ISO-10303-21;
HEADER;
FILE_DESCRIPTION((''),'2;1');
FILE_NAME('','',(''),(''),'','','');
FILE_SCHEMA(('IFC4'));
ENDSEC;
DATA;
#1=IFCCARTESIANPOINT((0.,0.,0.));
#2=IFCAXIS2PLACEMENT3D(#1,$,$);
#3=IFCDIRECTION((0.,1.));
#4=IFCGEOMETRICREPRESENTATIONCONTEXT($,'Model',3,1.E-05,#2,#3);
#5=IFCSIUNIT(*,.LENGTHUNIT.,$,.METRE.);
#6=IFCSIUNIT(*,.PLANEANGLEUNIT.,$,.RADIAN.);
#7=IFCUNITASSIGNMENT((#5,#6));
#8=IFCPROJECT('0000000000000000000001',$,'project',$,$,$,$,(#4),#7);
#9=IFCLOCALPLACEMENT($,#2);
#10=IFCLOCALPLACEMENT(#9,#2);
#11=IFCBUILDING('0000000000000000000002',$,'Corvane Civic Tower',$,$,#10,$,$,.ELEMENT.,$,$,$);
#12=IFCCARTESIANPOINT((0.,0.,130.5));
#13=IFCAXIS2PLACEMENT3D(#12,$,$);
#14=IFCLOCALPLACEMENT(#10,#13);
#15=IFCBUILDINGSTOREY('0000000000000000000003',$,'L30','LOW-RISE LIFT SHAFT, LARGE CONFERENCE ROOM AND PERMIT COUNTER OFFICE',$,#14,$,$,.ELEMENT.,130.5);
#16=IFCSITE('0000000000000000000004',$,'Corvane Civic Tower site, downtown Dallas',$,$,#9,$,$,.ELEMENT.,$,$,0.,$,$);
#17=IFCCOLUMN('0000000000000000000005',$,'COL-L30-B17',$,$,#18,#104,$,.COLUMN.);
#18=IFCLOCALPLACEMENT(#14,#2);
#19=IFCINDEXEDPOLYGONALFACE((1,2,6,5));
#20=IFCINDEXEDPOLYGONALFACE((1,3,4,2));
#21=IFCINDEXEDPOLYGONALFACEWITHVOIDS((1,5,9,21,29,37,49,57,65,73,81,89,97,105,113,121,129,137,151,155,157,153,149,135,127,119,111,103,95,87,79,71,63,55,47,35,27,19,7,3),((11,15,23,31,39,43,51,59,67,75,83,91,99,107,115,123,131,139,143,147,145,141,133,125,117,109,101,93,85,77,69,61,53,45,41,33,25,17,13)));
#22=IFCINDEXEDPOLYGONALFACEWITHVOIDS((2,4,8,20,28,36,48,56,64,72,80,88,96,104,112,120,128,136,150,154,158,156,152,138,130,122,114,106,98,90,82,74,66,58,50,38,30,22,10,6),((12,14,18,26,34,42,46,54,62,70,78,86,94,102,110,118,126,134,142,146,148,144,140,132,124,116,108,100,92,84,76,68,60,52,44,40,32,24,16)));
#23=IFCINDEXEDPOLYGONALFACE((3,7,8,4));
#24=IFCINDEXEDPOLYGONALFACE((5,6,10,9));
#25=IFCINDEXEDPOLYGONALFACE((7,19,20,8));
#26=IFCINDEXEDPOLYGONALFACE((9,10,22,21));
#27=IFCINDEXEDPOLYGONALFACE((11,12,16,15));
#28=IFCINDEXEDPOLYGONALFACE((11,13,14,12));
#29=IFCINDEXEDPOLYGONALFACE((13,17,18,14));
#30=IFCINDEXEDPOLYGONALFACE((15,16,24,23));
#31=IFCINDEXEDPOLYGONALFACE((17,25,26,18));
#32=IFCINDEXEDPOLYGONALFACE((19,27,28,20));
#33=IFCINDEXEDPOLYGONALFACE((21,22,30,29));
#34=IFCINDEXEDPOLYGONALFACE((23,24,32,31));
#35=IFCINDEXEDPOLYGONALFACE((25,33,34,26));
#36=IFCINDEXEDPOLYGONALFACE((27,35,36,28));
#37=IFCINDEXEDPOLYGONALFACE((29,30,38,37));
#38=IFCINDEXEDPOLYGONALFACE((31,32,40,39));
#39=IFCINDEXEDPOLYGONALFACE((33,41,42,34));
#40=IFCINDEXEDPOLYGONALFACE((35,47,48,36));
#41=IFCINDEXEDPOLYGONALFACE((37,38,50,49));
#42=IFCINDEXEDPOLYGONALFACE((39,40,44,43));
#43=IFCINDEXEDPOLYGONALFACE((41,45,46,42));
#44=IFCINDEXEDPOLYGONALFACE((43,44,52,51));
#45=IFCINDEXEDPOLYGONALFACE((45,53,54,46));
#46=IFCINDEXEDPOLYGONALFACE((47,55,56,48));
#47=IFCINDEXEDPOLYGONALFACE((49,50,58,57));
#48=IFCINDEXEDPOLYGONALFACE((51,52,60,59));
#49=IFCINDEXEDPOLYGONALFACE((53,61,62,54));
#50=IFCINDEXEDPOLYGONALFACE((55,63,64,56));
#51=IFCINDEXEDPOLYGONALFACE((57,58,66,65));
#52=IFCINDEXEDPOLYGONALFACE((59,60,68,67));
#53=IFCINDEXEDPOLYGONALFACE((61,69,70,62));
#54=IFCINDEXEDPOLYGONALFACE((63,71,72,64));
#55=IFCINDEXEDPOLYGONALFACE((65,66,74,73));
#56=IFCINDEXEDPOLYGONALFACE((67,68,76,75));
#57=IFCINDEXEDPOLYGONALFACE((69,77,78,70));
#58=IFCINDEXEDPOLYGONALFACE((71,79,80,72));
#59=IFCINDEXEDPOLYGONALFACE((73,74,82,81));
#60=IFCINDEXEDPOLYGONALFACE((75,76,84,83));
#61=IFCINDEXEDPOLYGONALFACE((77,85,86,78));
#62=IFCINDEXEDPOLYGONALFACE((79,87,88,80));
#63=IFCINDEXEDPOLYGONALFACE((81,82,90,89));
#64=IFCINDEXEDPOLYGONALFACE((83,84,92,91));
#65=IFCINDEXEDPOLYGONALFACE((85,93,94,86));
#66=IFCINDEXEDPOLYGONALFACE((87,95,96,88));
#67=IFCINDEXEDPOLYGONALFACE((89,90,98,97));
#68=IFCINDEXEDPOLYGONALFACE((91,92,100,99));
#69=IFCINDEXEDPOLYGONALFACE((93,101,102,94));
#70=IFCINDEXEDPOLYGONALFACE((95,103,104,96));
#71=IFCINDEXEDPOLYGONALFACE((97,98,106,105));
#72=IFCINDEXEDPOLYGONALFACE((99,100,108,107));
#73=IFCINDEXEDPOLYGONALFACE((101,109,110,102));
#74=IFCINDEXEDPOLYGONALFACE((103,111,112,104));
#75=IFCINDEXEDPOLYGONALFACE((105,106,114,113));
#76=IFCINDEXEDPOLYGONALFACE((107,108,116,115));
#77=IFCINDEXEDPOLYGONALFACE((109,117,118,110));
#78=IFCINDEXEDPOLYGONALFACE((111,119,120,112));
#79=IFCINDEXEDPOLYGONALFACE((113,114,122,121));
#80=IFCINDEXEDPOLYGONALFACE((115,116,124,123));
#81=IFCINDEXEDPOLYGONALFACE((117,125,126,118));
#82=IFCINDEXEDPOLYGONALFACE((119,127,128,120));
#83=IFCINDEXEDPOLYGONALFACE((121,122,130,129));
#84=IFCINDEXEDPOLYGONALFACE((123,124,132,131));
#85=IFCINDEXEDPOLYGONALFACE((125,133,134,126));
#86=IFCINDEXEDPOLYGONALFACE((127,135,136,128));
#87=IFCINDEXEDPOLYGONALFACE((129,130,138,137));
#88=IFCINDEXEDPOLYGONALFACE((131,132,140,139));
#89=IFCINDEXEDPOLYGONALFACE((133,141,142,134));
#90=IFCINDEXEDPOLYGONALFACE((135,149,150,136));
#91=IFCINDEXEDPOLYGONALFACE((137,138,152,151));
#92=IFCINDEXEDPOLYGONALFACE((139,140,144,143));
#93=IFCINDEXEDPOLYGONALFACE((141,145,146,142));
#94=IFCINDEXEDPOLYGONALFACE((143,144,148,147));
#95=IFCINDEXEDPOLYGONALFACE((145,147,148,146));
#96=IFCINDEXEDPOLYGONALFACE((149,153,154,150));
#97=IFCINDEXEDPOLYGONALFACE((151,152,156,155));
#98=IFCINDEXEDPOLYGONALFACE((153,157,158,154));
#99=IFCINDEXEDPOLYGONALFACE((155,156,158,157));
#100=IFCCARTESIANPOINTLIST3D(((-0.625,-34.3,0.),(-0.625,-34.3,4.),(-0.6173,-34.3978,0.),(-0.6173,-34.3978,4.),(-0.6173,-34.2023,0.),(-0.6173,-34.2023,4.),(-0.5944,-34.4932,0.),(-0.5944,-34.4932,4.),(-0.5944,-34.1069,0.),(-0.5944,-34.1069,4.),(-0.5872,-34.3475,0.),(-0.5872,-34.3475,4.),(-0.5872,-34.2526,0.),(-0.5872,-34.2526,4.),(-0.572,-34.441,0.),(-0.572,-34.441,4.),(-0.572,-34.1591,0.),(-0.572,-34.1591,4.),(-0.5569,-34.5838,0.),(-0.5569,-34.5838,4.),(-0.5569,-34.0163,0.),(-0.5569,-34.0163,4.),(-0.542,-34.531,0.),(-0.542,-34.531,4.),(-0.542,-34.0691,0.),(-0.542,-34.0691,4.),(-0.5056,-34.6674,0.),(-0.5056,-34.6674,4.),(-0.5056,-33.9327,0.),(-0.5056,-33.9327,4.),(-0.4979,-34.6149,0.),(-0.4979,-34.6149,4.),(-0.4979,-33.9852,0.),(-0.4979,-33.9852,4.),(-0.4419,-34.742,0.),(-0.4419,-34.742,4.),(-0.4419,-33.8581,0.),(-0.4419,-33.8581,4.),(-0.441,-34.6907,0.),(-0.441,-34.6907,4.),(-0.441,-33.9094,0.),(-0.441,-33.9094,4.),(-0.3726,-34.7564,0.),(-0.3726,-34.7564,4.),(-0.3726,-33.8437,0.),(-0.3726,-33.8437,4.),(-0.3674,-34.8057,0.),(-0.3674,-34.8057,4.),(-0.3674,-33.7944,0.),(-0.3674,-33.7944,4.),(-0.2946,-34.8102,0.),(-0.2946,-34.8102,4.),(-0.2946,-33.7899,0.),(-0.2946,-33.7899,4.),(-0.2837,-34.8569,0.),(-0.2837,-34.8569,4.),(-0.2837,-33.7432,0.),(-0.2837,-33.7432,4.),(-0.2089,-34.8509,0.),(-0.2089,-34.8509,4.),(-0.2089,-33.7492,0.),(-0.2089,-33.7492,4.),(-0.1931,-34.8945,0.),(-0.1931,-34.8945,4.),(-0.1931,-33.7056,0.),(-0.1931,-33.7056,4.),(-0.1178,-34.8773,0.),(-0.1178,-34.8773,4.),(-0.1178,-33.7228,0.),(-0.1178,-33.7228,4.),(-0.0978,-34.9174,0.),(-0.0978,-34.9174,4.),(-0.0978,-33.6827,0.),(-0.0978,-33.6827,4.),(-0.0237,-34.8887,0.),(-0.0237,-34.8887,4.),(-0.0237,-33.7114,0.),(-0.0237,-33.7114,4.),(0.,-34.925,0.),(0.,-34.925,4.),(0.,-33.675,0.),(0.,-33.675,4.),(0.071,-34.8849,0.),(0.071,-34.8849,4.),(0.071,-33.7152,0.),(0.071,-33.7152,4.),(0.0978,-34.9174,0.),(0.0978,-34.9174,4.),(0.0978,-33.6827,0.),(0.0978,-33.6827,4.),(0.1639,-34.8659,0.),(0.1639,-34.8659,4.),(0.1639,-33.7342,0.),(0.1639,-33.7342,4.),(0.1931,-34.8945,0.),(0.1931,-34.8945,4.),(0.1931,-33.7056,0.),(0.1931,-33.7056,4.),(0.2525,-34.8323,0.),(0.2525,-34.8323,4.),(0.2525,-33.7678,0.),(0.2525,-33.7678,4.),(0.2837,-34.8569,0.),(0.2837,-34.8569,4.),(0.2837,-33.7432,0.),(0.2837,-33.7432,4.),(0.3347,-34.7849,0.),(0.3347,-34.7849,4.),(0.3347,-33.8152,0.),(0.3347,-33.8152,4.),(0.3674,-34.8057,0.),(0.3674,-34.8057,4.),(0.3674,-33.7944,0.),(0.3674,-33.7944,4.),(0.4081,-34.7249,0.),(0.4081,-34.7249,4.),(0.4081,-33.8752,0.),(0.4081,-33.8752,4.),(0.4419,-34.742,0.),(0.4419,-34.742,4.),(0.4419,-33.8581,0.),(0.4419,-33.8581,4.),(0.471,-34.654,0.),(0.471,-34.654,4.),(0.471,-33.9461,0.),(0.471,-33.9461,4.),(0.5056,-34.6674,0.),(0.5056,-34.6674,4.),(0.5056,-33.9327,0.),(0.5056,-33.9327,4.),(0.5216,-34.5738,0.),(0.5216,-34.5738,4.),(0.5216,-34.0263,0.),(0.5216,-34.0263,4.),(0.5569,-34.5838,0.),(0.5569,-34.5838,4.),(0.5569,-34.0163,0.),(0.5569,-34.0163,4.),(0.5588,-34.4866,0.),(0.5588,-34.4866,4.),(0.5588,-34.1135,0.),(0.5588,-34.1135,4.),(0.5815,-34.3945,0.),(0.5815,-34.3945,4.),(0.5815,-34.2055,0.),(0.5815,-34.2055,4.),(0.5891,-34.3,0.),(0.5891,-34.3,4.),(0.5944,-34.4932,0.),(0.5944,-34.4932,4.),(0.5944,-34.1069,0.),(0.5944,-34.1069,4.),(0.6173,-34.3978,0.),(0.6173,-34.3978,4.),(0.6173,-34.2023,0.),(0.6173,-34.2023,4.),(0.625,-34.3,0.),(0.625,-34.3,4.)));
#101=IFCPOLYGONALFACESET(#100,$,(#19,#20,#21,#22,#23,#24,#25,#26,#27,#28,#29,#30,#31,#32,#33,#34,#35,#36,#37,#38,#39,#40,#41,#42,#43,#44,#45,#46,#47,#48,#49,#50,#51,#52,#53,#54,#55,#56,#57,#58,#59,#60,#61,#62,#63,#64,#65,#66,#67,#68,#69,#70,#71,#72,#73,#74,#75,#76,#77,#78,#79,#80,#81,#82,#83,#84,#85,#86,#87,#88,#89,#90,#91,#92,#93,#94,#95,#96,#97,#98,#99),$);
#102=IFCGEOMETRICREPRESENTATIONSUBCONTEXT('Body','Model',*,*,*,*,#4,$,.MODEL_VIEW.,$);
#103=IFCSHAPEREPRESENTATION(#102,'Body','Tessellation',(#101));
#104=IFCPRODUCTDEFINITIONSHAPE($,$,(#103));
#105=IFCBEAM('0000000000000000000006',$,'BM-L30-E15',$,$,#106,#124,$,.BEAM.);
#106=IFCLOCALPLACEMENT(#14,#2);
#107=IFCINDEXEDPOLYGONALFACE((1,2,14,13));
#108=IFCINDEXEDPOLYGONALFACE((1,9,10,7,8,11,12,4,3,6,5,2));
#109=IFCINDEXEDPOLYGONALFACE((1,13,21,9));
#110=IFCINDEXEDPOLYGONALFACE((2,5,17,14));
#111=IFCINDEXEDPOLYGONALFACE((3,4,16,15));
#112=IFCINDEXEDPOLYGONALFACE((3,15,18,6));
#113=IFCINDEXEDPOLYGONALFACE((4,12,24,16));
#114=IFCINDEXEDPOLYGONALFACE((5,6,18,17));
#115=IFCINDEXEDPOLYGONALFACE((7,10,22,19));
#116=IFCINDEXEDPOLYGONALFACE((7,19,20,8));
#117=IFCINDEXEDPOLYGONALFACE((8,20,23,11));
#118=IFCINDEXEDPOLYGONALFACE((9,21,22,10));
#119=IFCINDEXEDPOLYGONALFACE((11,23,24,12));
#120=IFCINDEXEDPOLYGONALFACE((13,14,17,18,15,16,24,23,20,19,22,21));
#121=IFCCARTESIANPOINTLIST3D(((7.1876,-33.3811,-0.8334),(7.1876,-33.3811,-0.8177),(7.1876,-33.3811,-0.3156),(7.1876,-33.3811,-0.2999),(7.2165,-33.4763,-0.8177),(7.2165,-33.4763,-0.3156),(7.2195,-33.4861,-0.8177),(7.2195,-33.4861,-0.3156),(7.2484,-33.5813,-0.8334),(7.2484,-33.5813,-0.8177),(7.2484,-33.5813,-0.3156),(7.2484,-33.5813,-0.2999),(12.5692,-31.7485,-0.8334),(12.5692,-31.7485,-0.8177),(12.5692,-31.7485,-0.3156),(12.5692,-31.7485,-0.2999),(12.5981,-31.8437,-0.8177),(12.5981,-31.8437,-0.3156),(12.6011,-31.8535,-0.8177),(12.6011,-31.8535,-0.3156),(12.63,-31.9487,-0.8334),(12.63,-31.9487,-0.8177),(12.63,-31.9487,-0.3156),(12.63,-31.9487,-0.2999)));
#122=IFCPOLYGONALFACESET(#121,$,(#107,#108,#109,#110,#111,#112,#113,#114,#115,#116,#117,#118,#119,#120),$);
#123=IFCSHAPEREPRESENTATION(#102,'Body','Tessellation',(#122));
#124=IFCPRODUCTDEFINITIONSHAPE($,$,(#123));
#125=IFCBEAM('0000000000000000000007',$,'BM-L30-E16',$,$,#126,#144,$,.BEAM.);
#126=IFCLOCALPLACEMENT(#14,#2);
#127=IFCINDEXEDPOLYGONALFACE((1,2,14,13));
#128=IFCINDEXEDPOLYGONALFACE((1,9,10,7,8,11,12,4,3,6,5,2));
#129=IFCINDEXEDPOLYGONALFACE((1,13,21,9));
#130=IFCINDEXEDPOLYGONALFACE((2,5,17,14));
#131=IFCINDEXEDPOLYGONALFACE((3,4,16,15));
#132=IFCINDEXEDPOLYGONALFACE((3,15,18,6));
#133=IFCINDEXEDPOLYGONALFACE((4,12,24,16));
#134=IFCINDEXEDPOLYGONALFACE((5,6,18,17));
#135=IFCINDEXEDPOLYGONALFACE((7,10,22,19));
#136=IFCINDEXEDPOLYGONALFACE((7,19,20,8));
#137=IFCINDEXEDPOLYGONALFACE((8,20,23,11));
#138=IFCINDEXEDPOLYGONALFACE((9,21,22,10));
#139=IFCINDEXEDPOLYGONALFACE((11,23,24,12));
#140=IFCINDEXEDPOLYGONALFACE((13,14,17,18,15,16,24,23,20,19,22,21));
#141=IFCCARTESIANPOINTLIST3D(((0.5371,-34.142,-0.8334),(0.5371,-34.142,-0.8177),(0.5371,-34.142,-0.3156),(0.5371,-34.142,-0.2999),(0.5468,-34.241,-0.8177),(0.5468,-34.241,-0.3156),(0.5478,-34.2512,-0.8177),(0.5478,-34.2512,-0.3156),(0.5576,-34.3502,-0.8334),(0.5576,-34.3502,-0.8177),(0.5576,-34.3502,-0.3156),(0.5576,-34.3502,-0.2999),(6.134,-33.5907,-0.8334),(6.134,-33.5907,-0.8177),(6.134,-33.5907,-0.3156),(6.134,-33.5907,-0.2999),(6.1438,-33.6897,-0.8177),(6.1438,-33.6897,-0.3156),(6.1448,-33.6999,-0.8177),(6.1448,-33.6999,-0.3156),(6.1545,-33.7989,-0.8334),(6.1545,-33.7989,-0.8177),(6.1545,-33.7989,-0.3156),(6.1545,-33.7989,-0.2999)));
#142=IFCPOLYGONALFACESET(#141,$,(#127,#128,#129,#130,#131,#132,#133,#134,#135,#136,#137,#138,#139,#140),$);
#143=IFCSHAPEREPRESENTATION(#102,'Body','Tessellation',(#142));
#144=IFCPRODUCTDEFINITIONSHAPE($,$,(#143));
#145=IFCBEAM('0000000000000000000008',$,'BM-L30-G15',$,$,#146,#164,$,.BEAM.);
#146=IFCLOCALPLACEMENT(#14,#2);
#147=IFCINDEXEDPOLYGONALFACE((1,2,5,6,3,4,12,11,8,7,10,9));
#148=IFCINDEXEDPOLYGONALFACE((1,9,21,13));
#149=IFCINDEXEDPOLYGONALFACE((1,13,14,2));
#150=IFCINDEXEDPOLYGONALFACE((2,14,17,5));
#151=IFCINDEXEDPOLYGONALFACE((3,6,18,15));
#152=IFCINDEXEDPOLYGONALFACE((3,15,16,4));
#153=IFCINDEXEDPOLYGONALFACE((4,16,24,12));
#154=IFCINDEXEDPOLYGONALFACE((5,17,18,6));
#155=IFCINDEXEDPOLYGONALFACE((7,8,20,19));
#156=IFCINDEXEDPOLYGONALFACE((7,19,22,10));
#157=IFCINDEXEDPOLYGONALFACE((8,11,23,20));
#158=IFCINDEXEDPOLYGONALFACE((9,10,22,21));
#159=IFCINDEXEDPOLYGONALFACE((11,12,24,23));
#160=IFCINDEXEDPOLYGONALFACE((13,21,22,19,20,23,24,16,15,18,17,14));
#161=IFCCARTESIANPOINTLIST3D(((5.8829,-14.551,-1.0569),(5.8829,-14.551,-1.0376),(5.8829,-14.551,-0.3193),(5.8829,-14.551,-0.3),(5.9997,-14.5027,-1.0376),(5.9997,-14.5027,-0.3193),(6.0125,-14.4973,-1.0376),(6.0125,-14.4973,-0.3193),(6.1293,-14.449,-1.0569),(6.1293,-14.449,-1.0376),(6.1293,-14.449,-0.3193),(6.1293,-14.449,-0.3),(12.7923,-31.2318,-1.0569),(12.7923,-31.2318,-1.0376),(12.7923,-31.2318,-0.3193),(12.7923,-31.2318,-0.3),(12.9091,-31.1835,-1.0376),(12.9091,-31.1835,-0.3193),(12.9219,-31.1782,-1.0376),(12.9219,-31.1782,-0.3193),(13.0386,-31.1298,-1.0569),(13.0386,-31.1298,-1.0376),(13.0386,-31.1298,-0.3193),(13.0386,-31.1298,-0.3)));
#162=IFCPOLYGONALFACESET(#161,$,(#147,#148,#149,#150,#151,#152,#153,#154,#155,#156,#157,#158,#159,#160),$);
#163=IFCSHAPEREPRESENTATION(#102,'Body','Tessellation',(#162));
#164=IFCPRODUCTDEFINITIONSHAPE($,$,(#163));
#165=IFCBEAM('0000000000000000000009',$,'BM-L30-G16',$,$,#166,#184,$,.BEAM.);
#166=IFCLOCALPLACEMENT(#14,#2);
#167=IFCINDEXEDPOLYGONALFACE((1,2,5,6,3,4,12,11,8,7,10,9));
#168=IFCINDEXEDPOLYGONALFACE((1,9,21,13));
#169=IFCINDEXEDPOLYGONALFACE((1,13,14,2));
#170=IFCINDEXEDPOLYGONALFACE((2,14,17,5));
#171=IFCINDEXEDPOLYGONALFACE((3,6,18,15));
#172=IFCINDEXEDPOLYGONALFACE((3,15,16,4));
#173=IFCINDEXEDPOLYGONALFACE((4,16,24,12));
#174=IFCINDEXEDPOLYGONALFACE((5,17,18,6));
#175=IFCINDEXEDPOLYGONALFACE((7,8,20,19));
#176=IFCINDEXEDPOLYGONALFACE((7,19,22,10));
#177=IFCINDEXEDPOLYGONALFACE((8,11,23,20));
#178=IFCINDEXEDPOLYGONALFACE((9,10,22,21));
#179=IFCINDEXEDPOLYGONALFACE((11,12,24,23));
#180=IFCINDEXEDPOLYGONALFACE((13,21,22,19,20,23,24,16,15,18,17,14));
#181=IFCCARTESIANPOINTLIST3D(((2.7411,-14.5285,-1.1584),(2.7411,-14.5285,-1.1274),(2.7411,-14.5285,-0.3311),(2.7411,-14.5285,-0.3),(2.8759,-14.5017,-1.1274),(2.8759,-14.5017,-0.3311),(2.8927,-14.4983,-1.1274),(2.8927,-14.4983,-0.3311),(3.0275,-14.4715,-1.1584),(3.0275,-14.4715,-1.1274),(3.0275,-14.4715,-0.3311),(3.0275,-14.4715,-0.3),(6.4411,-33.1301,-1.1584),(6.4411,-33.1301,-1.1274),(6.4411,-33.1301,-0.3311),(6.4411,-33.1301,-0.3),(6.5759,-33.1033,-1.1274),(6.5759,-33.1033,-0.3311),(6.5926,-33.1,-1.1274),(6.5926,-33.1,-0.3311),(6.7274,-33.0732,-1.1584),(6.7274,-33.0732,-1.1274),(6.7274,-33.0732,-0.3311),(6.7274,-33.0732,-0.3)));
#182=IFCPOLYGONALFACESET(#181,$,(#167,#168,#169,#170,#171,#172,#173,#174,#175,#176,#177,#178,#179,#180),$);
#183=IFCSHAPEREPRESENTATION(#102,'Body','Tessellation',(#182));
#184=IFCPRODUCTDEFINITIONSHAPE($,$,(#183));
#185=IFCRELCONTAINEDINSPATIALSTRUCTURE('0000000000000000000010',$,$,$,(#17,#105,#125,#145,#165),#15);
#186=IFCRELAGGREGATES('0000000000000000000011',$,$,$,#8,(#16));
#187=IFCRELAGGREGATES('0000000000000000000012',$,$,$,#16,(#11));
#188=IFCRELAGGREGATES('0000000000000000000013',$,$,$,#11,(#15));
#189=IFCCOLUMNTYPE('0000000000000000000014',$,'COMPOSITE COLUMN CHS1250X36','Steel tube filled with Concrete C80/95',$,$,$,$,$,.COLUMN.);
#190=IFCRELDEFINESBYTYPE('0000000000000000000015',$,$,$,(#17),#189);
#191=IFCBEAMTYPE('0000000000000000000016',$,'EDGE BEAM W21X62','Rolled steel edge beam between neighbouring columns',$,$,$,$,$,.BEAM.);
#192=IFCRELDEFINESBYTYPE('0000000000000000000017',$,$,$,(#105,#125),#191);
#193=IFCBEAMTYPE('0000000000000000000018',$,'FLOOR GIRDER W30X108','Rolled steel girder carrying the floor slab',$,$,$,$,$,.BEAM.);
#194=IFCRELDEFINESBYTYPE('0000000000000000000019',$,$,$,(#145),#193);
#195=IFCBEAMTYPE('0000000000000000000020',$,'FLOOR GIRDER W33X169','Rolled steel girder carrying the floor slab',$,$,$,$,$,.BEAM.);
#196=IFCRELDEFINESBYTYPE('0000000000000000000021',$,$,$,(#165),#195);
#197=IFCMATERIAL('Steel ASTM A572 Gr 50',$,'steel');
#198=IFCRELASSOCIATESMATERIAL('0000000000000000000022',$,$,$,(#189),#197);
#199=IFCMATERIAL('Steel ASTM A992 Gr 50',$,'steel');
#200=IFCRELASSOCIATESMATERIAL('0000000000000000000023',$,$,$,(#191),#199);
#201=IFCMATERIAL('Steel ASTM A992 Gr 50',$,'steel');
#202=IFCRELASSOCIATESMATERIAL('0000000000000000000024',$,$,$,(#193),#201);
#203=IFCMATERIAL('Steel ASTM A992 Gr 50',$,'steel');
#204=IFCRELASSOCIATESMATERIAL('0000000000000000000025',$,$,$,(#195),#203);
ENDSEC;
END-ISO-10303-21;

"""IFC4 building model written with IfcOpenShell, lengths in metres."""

from ifc_helpers import new_model, si_unit, direction, frame, origin, origin_2d, place, context, subcontext, project, spatial, hollow_circle, i_section, extrude, material, material_profile, profile_set, type_object, element, save


model = new_model("IFC4")

# Units and contexts
model_context = context("Model", 3, precision=1e-05, world=origin(), true_north=direction((0.0, 1.0)))
body_context = subcontext(model_context, "Body", "Model", "MODEL_VIEW")
ifc_project = project(units=[si_unit("LENGTHUNIT", "METRE"), si_unit("PLANEANGLEUNIT", "RADIAN")], contexts=[model_context])

# Site, building, storey
site_placement = place(None, origin())
site = spatial("IfcSite", under=ifc_project, at=site_placement, Name="Corvane Civic Tower site, downtown Dallas", CompositionType="ELEMENT", RefElevation=0.0)
building_placement = place(site_placement, origin())
building = spatial("IfcBuilding", under=site, at=building_placement, Name="Corvane Civic Tower", CompositionType="ELEMENT")
storey_placement = place(building_placement, frame((0.0, 0.0, 130.5)))
storey = spatial("IfcBuildingStorey", under=building, at=storey_placement, Name="L30", Description="LOW-RISE LIFT SHAFT, LARGE CONFERENCE ROOM AND PERMIT COUNTER OFFICE", CompositionType="ELEMENT", Elevation=130.5)

# Column
ifc_material_1 = material(Name="Steel ASTM A572 Gr 50", Category="steel")
ifc_material_profile_1 = material_profile(ifc_material_1, hollow_circle(Radius=0.625, WallThickness=0.0359, at=origin_2d()), Name="CHS1250X36")
ifc_profile_set_1 = profile_set([ifc_material_profile_1], Name="Steel ASTM A572 Gr 50")
column_type = type_object("IfcColumnType", Name="COMPOSITE COLUMN CHS1250X36", Description="Steel tube filled with Concrete C80/95", PredefinedType="COLUMN", material=ifc_profile_set_1)
for number, where, z_axis, x_axis, name in (
    (1, (0.0, -34.3, 0.0), (0.0, 0.0, 1.0), (1.0, 0.0, 0.0), "COL-L30-B17"),
):
    element("IfcColumn", number, at=place(storey_placement, frame(where, z_axis=z_axis, x_axis=x_axis)), inside=storey, type_object=column_type, Name=name, PredefinedType="COLUMN", context=body_context, shape_type="SweptSolid", body=[
        extrude(hollow_circle(Radius=0.625, WallThickness=0.0359, at=origin_2d()), origin(), (0.0, 0.0, 1.0), 4.0),
    ])

# Beams
ifc_material_2 = material(Name="Steel ASTM A992 Gr 50", Category="steel")
ifc_material_profile_2 = material_profile(ifc_material_2, i_section(OverallWidth=0.2092, OverallDepth=0.5334, WebThickness=0.0103, FlangeThickness=0.0156, at=origin_2d()), Name="W21X62")
ifc_profile_set_2 = profile_set([ifc_material_profile_2], Name="Steel ASTM A992 Gr 50")
beam_type_1 = type_object("IfcBeamType", Name="EDGE BEAM W21X62", Description="Rolled steel edge beam between neighbouring columns", PredefinedType="BEAM", material=ifc_profile_set_2)
beam_1_placement = place(storey_placement, frame((12.5996, -31.8486, -0.5667), z_axis=(-0.956936, -0.290298, 0.0), x_axis=(0.290298, -0.956936, 0.0)))
element("IfcBeam", 2, at=beam_1_placement, inside=storey, type_object=beam_type_1, Name="BM-L30-E15", PredefinedType="BEAM", context=body_context, shape_type="SweptSolid", body=[
    extrude(i_section(OverallWidth=0.2092, OverallDepth=0.5334, WebThickness=0.0103, FlangeThickness=0.0156, at=origin_2d()), origin(), (0.0, 0.0, 1.0), 5.6238),
])
beam_2_placement = place(storey_placement, frame((6.1443, -33.6948, -0.5667), z_axis=(-0.995184, -0.098021, 0.0), x_axis=(0.098021, -0.995184, 0.0)))
element("IfcBeam", 3, at=beam_2_placement, inside=storey, type_object=beam_type_1, Name="BM-L30-E16", PredefinedType="BEAM", context=body_context, shape_type="SweptSolid", body=[
    extrude(i_section(OverallWidth=0.2092, OverallDepth=0.5334, WebThickness=0.0103, FlangeThickness=0.0156, at=origin_2d()), origin(), (0.0, 0.0, 1.0), 5.624),
])
ifc_material_3 = material(Name="Steel ASTM A992 Gr 50", Category="steel")
ifc_material_profile_3 = material_profile(ifc_material_3, i_section(OverallWidth=0.2666, OverallDepth=0.7568, WebThickness=0.0139, FlangeThickness=0.0193, at=origin_2d()), Name="W30X108")
ifc_profile_set_3 = profile_set([ifc_material_profile_3], Name="Steel ASTM A992 Gr 50")
beam_type_2 = type_object("IfcBeamType", Name="FLOOR GIRDER W30X108", Description="Rolled steel girder carrying the floor slab", PredefinedType="BEAM", material=ifc_profile_set_3)
beam_3_placement = place(storey_placement, frame((6.0061, -14.5, -0.6785), z_axis=(0.382682, -0.92388, 0.0), x_axis=(0.92388, 0.382682, 0.0)))
element("IfcBeam", 4, at=beam_3_placement, inside=storey, type_object=beam_type_2, Name="BM-L30-G15", PredefinedType="BEAM", context=body_context, shape_type="SweptSolid", body=[
    extrude(i_section(OverallWidth=0.2666, OverallDepth=0.7568, WebThickness=0.0139, FlangeThickness=0.0193, at=origin_2d()), origin(), (0.0, 0.0, 1.0), 18.0552),
])
ifc_material_4 = material(Name="Steel ASTM A992 Gr 50", Category="steel")
ifc_material_profile_4 = material_profile(ifc_material_4, i_section(OverallWidth=0.292, OverallDepth=0.8584, WebThickness=0.0171, FlangeThickness=0.031, at=origin_2d()), Name="W33X169")
ifc_profile_set_4 = profile_set([ifc_material_profile_4], Name="Steel ASTM A992 Gr 50")
beam_type_3 = type_object("IfcBeamType", Name="FLOOR GIRDER W33X169", Description="Rolled steel girder carrying the floor slab", PredefinedType="BEAM", material=ifc_profile_set_4)
beam_4_placement = place(storey_placement, frame((2.8843, -14.5, -0.7292), z_axis=(0.195084, -0.980787, 0.0), x_axis=(0.980787, 0.195084, 0.0)))
element("IfcBeam", 5, at=beam_4_placement, inside=storey, type_object=beam_type_3, Name="BM-L30-G16", PredefinedType="BEAM", context=body_context, shape_type="SweptSolid", body=[
    extrude(i_section(OverallWidth=0.292, OverallDepth=0.8584, WebThickness=0.0171, FlangeThickness=0.031, at=origin_2d()), origin(), (0.0, 0.0, 1.0), 18.9661),
])

save(model, "model.ifc")
